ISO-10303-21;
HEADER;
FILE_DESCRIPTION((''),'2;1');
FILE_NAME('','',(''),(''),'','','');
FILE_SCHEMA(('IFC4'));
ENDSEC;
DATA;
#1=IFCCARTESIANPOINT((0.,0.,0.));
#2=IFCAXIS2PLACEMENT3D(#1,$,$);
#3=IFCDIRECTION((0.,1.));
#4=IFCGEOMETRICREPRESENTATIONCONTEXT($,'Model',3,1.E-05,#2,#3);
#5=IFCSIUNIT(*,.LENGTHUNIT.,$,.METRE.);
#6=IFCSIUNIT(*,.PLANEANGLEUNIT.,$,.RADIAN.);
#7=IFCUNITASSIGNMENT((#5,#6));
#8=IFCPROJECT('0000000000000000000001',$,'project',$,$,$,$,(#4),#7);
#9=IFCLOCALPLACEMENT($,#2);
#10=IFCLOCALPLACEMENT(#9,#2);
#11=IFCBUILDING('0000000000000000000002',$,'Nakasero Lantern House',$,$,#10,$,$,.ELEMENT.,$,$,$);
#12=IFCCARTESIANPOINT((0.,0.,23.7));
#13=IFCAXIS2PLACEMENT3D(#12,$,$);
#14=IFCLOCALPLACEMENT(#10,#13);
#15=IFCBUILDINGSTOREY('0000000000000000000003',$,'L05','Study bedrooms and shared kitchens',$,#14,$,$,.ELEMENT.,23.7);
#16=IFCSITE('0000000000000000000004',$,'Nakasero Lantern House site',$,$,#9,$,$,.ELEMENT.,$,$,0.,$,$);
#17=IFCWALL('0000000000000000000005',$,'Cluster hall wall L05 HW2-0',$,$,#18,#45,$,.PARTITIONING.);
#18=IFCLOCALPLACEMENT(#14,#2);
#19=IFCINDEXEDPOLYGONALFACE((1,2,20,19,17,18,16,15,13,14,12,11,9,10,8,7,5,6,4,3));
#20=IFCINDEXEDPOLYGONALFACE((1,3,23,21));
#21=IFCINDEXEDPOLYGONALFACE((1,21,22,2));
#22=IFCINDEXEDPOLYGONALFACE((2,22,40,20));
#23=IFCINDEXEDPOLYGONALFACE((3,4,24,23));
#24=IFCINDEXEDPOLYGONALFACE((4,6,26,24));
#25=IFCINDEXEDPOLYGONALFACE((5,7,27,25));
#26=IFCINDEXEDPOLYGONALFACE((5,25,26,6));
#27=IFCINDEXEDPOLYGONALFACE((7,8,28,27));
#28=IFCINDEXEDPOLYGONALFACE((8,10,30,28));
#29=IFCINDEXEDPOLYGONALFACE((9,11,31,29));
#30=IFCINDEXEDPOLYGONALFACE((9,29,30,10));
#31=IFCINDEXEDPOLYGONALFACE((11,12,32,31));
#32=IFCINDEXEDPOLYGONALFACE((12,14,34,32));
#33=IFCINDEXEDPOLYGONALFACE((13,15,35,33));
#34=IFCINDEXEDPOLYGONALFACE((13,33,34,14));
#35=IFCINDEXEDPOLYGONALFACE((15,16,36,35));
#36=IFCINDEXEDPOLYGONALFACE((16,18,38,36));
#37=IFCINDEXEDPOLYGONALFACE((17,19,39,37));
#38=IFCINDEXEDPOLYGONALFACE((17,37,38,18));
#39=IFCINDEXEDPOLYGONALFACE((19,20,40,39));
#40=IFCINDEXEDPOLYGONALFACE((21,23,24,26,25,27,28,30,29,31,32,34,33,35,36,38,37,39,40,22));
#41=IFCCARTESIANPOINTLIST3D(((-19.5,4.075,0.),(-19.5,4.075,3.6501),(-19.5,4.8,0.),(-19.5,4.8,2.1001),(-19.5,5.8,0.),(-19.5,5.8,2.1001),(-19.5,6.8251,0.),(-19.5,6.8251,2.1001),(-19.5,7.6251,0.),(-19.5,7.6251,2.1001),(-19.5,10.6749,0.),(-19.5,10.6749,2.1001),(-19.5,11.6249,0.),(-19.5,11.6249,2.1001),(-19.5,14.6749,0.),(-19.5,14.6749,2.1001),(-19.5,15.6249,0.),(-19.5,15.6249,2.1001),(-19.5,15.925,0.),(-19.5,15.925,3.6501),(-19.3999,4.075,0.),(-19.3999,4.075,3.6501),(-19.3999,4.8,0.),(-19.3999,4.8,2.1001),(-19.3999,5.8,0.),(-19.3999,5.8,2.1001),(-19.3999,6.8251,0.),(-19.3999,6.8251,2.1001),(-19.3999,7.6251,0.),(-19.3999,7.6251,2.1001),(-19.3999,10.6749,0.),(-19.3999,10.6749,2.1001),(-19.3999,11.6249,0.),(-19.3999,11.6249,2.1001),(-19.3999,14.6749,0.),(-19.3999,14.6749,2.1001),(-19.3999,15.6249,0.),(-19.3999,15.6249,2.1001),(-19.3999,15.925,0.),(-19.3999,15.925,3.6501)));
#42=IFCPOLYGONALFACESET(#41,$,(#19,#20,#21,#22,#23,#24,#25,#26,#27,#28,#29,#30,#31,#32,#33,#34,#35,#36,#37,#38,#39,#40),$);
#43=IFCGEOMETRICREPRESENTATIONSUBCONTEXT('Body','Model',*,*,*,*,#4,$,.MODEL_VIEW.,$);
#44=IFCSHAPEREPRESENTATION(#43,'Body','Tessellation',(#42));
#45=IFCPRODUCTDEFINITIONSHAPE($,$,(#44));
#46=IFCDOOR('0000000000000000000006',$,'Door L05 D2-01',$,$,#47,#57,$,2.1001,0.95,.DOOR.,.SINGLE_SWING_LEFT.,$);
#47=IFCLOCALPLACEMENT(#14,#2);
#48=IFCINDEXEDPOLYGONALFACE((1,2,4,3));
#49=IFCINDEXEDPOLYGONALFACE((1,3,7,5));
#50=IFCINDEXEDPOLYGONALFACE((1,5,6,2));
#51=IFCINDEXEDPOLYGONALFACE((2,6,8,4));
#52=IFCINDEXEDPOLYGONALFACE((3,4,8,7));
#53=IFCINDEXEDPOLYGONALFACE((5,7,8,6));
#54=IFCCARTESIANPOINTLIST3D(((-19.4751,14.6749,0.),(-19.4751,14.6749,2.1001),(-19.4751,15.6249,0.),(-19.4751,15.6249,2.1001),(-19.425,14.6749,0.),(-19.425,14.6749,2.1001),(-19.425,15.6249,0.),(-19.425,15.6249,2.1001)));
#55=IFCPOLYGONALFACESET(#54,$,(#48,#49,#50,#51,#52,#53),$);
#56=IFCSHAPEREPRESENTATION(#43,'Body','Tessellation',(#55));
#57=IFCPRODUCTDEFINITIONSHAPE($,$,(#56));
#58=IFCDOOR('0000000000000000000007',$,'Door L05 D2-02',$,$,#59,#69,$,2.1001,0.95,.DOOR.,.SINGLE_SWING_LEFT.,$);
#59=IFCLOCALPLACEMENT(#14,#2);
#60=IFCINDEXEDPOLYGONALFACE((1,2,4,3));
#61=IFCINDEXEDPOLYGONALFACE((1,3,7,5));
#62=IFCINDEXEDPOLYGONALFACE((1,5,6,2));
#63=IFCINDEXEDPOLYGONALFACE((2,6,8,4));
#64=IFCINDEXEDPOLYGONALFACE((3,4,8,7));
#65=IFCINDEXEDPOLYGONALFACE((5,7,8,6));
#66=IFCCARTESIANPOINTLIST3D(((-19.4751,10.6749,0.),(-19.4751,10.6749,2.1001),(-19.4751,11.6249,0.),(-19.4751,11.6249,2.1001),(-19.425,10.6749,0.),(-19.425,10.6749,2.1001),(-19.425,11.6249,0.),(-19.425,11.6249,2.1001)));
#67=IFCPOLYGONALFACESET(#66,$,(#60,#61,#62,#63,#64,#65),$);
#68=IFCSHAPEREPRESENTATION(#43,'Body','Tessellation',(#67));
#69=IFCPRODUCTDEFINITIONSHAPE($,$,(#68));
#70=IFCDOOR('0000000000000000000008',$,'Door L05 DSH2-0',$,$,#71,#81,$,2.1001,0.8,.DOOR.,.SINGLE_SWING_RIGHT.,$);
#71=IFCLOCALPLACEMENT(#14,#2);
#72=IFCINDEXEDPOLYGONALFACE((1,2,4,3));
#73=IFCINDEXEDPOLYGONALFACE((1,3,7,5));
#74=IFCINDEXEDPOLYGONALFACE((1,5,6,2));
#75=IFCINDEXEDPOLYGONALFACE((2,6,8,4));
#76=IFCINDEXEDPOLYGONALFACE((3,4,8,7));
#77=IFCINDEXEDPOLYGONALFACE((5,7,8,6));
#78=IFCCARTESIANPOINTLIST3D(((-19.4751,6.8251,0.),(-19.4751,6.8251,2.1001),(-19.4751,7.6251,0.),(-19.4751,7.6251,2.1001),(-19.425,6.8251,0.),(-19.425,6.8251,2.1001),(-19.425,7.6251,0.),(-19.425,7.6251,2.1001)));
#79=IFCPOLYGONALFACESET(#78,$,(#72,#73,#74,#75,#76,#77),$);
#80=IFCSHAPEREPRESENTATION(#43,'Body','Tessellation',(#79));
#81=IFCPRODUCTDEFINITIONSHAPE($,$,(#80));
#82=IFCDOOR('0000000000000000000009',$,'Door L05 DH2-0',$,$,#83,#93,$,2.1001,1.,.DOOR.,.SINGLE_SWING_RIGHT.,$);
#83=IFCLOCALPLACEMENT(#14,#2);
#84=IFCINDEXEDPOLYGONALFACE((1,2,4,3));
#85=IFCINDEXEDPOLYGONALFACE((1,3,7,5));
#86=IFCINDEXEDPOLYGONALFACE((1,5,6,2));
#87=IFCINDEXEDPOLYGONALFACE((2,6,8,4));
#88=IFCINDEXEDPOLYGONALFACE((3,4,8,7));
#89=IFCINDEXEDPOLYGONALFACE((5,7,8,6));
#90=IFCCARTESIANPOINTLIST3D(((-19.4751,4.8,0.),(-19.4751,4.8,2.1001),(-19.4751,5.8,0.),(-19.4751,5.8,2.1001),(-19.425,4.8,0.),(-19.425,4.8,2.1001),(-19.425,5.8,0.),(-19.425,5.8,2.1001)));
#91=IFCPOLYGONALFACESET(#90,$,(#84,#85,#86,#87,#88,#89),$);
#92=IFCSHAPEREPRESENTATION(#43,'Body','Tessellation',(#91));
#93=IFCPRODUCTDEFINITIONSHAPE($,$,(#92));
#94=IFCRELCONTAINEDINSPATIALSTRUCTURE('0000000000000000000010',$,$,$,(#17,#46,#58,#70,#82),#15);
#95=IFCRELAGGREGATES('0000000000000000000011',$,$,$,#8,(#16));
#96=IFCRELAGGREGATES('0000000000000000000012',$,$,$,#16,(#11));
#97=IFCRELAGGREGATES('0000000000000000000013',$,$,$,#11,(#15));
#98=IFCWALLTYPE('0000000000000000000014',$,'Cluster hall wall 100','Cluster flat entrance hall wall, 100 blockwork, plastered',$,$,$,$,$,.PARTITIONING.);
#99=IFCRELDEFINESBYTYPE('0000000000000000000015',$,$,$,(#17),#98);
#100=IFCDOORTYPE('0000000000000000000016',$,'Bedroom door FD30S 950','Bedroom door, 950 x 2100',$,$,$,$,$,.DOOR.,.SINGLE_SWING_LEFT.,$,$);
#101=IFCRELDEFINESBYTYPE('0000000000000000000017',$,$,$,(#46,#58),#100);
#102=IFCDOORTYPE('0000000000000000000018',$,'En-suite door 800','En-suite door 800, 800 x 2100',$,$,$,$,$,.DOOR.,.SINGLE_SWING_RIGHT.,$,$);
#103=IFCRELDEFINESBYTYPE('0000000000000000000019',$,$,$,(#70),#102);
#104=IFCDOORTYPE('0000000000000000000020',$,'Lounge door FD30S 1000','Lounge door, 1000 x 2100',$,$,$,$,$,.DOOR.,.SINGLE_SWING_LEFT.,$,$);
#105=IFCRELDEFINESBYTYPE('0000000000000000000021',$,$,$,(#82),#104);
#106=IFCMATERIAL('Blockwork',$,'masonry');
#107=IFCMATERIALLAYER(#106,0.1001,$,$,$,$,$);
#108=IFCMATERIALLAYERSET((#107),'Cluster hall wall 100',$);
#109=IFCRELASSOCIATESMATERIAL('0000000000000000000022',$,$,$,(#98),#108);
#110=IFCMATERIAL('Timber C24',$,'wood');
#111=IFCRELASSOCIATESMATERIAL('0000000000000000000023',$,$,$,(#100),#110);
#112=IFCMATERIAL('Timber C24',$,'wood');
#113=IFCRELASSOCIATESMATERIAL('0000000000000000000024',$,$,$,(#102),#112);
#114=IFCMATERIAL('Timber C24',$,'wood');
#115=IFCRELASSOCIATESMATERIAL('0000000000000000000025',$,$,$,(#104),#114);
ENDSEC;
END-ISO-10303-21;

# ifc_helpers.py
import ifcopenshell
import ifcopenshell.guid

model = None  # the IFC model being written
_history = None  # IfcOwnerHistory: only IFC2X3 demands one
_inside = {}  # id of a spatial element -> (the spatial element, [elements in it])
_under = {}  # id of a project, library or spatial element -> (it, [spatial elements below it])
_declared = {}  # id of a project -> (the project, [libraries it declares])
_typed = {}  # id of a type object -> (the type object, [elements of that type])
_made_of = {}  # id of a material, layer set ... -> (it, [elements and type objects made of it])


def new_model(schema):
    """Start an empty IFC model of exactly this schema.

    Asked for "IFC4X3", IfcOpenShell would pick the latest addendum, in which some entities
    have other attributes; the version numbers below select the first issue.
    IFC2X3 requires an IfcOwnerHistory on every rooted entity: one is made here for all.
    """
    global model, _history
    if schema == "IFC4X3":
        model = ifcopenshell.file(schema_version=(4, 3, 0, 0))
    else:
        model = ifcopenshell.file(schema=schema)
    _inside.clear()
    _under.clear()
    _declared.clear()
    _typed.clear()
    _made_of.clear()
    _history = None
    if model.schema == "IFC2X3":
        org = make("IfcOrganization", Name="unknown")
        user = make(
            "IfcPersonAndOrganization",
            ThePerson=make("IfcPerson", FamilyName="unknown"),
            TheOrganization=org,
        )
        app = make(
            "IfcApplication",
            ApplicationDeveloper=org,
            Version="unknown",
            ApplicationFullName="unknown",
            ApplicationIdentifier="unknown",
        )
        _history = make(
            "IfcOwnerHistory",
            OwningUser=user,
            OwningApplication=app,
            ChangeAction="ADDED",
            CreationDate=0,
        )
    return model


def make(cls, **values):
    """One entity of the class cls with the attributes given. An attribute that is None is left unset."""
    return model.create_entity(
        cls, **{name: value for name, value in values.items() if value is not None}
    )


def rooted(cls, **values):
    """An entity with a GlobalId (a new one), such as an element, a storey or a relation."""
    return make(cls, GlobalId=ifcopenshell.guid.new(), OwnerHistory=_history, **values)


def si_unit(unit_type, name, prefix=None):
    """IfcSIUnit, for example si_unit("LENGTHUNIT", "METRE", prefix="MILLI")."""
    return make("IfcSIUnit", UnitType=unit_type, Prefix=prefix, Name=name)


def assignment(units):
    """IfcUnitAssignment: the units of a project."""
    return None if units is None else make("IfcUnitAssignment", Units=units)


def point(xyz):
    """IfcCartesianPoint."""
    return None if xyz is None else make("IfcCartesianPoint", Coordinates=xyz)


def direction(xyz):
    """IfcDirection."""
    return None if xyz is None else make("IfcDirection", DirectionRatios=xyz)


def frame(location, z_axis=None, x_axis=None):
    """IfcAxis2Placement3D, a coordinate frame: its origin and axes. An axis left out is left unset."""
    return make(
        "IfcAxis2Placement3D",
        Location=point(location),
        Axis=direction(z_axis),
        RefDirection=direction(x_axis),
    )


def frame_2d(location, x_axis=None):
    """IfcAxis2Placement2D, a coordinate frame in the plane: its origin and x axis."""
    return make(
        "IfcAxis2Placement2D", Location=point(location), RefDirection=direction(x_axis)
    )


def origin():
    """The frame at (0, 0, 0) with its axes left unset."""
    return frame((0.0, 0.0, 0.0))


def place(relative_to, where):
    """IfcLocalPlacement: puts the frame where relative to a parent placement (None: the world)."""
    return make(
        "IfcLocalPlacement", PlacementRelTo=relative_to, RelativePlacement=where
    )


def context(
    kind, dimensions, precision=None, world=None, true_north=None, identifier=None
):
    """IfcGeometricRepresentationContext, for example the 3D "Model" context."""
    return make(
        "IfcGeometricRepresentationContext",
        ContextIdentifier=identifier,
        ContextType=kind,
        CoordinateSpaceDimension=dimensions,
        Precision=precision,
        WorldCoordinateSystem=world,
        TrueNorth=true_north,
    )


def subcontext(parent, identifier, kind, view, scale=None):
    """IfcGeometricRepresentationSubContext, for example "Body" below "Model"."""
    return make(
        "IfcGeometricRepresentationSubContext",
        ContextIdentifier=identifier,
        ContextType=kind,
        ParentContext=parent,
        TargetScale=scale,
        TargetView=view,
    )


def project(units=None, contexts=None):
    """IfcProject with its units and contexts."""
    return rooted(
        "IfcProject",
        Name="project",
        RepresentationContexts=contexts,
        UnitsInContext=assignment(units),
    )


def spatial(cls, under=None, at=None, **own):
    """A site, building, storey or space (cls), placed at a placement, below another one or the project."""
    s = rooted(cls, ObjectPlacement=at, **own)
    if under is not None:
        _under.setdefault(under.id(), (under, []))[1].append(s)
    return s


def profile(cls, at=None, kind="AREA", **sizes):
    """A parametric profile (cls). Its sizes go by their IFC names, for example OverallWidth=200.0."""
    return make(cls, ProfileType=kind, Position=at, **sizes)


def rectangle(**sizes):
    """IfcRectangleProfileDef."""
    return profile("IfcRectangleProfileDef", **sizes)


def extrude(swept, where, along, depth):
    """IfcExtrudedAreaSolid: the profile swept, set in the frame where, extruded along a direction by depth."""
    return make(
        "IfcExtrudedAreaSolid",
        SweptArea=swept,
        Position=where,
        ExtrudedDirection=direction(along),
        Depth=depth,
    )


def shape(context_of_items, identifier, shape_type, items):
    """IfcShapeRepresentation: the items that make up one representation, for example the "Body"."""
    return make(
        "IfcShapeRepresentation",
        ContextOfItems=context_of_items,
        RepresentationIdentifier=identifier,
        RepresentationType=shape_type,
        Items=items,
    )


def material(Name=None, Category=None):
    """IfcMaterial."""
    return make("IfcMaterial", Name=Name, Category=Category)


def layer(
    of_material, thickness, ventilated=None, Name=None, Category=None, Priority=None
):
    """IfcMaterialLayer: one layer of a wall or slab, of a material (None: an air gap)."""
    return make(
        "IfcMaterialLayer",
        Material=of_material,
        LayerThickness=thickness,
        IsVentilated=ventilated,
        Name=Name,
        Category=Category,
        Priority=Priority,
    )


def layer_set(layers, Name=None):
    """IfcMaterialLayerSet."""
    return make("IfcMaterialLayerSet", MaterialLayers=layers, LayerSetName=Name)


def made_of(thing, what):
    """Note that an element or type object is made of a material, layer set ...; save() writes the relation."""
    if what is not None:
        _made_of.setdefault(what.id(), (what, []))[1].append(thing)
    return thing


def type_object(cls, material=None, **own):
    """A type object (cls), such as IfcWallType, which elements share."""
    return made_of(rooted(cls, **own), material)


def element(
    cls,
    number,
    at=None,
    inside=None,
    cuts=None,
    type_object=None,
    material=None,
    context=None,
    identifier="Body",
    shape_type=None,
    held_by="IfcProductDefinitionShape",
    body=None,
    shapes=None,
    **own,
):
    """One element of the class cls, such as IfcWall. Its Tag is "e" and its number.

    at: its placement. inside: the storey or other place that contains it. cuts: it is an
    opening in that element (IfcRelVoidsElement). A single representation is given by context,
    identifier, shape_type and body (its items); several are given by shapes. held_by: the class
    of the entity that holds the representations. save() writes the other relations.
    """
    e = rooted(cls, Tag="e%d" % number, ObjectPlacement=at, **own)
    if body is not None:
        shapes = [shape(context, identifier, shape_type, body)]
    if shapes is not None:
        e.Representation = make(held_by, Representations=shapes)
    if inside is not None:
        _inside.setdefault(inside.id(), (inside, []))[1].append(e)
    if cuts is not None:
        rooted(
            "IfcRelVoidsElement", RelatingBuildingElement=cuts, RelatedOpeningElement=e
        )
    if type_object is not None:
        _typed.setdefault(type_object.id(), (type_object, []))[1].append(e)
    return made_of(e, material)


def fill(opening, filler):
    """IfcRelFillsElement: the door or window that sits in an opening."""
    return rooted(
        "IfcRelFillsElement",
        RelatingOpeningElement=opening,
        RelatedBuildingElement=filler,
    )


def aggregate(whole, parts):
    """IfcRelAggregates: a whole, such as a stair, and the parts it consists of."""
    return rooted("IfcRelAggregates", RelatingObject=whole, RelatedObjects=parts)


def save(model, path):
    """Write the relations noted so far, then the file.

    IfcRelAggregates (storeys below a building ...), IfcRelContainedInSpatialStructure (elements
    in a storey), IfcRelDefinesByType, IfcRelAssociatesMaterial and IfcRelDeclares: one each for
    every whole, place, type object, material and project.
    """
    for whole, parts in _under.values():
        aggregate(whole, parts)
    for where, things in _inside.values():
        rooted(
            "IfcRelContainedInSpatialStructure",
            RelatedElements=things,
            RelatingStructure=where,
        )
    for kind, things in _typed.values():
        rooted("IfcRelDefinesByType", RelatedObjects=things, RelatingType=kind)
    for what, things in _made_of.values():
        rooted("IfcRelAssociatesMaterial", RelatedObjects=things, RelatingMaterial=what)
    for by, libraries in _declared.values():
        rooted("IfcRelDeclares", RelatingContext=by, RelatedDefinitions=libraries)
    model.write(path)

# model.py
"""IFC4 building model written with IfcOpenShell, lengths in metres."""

from ifc_helpers import new_model, si_unit, direction, frame, frame_2d, origin, place, context, subcontext, project, spatial, rectangle, extrude, material, layer, layer_set, type_object, element, fill, save


model = new_model("IFC4")

# Units and contexts
model_context = context("Model", 3, precision=1e-05, world=origin(), true_north=direction((0.0, 1.0)))
body_context = subcontext(model_context, "Body", "Model", "MODEL_VIEW")
ifc_project = project(units=[si_unit("LENGTHUNIT", "METRE"), si_unit("PLANEANGLEUNIT", "RADIAN")], contexts=[model_context])

# Site, building, storey
site_placement = place(None, origin())
site = spatial("IfcSite", under=ifc_project, at=site_placement, Name="Nakasero Lantern House site", CompositionType="ELEMENT", RefElevation=0.0)
building_placement = place(site_placement, origin())
building = spatial("IfcBuilding", under=site, at=building_placement, Name="Nakasero Lantern House", CompositionType="ELEMENT")
storey_placement = place(building_placement, frame((0.0, 0.0, 23.7)))
storey = spatial("IfcBuildingStorey", under=building, at=storey_placement, Name="L05", Description="Study bedrooms and shared kitchens", CompositionType="ELEMENT", Elevation=23.7)

# Wall, openings, doors
ifc_material_1 = material(Name="Blockwork", Category="masonry")
ifc_layer_1 = layer(ifc_material_1, 0.1001)
ifc_layer_set_1 = layer_set([ifc_layer_1], Name="Cluster hall wall 100")
wall_type_1 = type_object("IfcWallType", Name="Cluster hall wall 100", Description="Cluster flat entrance hall wall, 100 blockwork, plastered", PredefinedType="PARTITIONING", material=ifc_layer_set_1)
wall_1_placement = place(storey_placement, frame((-19.45, 15.925, 0.0), z_axis=(0.0, 0.0, 1.0), x_axis=(0.0, -1.0, 0.0)))
wall_1 = element("IfcWall", 1, at=wall_1_placement, inside=storey, type_object=wall_type_1, Name="Cluster hall wall L05 HW2-0", PredefinedType="PARTITIONING", context=body_context, shape_type="SweptSolid", body=[
    extrude(rectangle(XDim=11.8501, YDim=0.1001, at=frame_2d((5.925, 0.0))), origin(), (0.0, 0.0, 1.0), 3.6501),
])
opening_1_placement = place(wall_1_placement, frame((10.125, 0.0, 0.0)))
opening_1 = element("IfcOpeningElement", 2, at=opening_1_placement, cuts=wall_1, PredefinedType="OPENING", context=body_context, shape_type="SweptSolid", body=[
    extrude(rectangle(XDim=1.0, YDim=2.1001, at=frame_2d((0.5, 1.05))), frame((0.0, 0.0701, 0.0), z_axis=(0.0, -1.0, 0.0), x_axis=(1.0, 0.0, 0.0)), (0.0, 0.0, 1.0), 0.1401),
])
opening_2_placement = place(wall_1_placement, frame((8.3, 0.0, 0.0)))
opening_2 = element("IfcOpeningElement", 3, at=opening_2_placement, cuts=wall_1, PredefinedType="OPENING", context=body_context, shape_type="SweptSolid", body=[
    extrude(rectangle(XDim=0.8, YDim=2.1001, at=frame_2d((0.3999, 1.05))), frame((0.0, 0.0701, 0.0), z_axis=(0.0, -1.0, 0.0), x_axis=(1.0, 0.0, 0.0)), (0.0, 0.0, 1.0), 0.1401),
])
opening_3_placement = place(wall_1_placement, frame((0.3, 0.0, 0.0)))
opening_3 = element("IfcOpeningElement", 4, at=opening_3_placement, cuts=wall_1, PredefinedType="OPENING", context=body_context, shape_type="SweptSolid", body=[
    extrude(rectangle(XDim=0.95, YDim=2.1001, at=frame_2d((0.4751, 1.05))), frame((0.0, 0.0701, 0.0), z_axis=(0.0, -1.0, 0.0), x_axis=(1.0, 0.0, 0.0)), (0.0, 0.0, 1.0), 0.1401),
])
opening_4_placement = place(wall_1_placement, frame((4.3, 0.0, 0.0)))
opening_4 = element("IfcOpeningElement", 5, at=opening_4_placement, cuts=wall_1, PredefinedType="OPENING", context=body_context, shape_type="SweptSolid", body=[
    extrude(rectangle(XDim=0.95, YDim=2.1001, at=frame_2d((0.4751, 1.05))), frame((0.0, 0.0701, 0.0), z_axis=(0.0, -1.0, 0.0), x_axis=(1.0, 0.0, 0.0)), (0.0, 0.0, 1.0), 0.1401),
])
ifc_material_2 = material(Name="Timber C24", Category="wood")
door_type_1 = type_object("IfcDoorType", Name="Bedroom door FD30S 950", Description="Bedroom door, 950 x 2100", OperationType="SINGLE_SWING_LEFT", PredefinedType="DOOR", material=ifc_material_2)
door_1_placement = place(opening_3_placement, origin())
door_1 = element("IfcDoor", 6, at=door_1_placement, inside=storey, type_object=door_type_1, Name="Door L05 D2-01", OperationType="SINGLE_SWING_LEFT", OverallHeight=2.1001, OverallWidth=0.95, PredefinedType="DOOR", context=body_context, shape_type="SweptSolid", body=[
    extrude(rectangle(XDim=0.95, YDim=2.1001, at=frame_2d((0.4751, 1.05))), frame((0.0, 0.0249, 0.0), z_axis=(0.0, -1.0, 0.0), x_axis=(1.0, 0.0, 0.0)), (0.0, 0.0, 1.0), 0.05),
])
fill(opening_3, door_1)
door_2_placement = place(opening_4_placement, origin())
door_2 = element("IfcDoor", 7, at=door_2_placement, inside=storey, type_object=door_type_1, Name="Door L05 D2-02", OperationType="SINGLE_SWING_LEFT", OverallHeight=2.1001, OverallWidth=0.95, PredefinedType="DOOR", context=body_context, shape_type="SweptSolid", body=[
    extrude(rectangle(XDim=0.95, YDim=2.1001, at=frame_2d((0.4751, 1.05))), frame((0.0, 0.0249, 0.0), z_axis=(0.0, -1.0, 0.0), x_axis=(1.0, 0.0, 0.0)), (0.0, 0.0, 1.0), 0.05),
])
fill(opening_4, door_2)
ifc_material_3 = material(Name="Timber C24", Category="wood")
door_type_2 = type_object("IfcDoorType", Name="En-suite door 800", Description="En-suite door 800, 800 x 2100", OperationType="SINGLE_SWING_RIGHT", PredefinedType="DOOR", material=ifc_material_3)
door_3_placement = place(opening_2_placement, origin())
door_3 = element("IfcDoor", 8, at=door_3_placement, inside=storey, type_object=door_type_2, Name="Door L05 DSH2-0", OperationType="SINGLE_SWING_RIGHT", OverallHeight=2.1001, OverallWidth=0.8, PredefinedType="DOOR", context=body_context, shape_type="SweptSolid", body=[
    extrude(rectangle(XDim=0.8, YDim=2.1001, at=frame_2d((0.3999, 1.05))), frame((0.0, 0.0249, 0.0), z_axis=(0.0, -1.0, 0.0), x_axis=(1.0, 0.0, 0.0)), (0.0, 0.0, 1.0), 0.05),
])
fill(opening_2, door_3)
ifc_material_4 = material(Name="Timber C24", Category="wood")
door_type_3 = type_object("IfcDoorType", Name="Lounge door FD30S 1000", Description="Lounge door, 1000 x 2100", OperationType="SINGLE_SWING_LEFT", PredefinedType="DOOR", material=ifc_material_4)
door_4_placement = place(opening_1_placement, origin())
door_4 = element("IfcDoor", 9, at=door_4_placement, inside=storey, type_object=door_type_3, Name="Door L05 DH2-0", OperationType="SINGLE_SWING_RIGHT", OverallHeight=2.1001, OverallWidth=1.0, PredefinedType="DOOR", context=body_context, shape_type="SweptSolid", body=[
    extrude(rectangle(XDim=1.0, YDim=2.1001, at=frame_2d((0.5, 1.05))), frame((0.0, 0.0249, 0.0), z_axis=(0.0, -1.0, 0.0), x_axis=(1.0, 0.0, 0.0)), (0.0, 0.0, 1.0), 0.05),
])
fill(opening_1, door_4)

save(model, "model.ifc")
